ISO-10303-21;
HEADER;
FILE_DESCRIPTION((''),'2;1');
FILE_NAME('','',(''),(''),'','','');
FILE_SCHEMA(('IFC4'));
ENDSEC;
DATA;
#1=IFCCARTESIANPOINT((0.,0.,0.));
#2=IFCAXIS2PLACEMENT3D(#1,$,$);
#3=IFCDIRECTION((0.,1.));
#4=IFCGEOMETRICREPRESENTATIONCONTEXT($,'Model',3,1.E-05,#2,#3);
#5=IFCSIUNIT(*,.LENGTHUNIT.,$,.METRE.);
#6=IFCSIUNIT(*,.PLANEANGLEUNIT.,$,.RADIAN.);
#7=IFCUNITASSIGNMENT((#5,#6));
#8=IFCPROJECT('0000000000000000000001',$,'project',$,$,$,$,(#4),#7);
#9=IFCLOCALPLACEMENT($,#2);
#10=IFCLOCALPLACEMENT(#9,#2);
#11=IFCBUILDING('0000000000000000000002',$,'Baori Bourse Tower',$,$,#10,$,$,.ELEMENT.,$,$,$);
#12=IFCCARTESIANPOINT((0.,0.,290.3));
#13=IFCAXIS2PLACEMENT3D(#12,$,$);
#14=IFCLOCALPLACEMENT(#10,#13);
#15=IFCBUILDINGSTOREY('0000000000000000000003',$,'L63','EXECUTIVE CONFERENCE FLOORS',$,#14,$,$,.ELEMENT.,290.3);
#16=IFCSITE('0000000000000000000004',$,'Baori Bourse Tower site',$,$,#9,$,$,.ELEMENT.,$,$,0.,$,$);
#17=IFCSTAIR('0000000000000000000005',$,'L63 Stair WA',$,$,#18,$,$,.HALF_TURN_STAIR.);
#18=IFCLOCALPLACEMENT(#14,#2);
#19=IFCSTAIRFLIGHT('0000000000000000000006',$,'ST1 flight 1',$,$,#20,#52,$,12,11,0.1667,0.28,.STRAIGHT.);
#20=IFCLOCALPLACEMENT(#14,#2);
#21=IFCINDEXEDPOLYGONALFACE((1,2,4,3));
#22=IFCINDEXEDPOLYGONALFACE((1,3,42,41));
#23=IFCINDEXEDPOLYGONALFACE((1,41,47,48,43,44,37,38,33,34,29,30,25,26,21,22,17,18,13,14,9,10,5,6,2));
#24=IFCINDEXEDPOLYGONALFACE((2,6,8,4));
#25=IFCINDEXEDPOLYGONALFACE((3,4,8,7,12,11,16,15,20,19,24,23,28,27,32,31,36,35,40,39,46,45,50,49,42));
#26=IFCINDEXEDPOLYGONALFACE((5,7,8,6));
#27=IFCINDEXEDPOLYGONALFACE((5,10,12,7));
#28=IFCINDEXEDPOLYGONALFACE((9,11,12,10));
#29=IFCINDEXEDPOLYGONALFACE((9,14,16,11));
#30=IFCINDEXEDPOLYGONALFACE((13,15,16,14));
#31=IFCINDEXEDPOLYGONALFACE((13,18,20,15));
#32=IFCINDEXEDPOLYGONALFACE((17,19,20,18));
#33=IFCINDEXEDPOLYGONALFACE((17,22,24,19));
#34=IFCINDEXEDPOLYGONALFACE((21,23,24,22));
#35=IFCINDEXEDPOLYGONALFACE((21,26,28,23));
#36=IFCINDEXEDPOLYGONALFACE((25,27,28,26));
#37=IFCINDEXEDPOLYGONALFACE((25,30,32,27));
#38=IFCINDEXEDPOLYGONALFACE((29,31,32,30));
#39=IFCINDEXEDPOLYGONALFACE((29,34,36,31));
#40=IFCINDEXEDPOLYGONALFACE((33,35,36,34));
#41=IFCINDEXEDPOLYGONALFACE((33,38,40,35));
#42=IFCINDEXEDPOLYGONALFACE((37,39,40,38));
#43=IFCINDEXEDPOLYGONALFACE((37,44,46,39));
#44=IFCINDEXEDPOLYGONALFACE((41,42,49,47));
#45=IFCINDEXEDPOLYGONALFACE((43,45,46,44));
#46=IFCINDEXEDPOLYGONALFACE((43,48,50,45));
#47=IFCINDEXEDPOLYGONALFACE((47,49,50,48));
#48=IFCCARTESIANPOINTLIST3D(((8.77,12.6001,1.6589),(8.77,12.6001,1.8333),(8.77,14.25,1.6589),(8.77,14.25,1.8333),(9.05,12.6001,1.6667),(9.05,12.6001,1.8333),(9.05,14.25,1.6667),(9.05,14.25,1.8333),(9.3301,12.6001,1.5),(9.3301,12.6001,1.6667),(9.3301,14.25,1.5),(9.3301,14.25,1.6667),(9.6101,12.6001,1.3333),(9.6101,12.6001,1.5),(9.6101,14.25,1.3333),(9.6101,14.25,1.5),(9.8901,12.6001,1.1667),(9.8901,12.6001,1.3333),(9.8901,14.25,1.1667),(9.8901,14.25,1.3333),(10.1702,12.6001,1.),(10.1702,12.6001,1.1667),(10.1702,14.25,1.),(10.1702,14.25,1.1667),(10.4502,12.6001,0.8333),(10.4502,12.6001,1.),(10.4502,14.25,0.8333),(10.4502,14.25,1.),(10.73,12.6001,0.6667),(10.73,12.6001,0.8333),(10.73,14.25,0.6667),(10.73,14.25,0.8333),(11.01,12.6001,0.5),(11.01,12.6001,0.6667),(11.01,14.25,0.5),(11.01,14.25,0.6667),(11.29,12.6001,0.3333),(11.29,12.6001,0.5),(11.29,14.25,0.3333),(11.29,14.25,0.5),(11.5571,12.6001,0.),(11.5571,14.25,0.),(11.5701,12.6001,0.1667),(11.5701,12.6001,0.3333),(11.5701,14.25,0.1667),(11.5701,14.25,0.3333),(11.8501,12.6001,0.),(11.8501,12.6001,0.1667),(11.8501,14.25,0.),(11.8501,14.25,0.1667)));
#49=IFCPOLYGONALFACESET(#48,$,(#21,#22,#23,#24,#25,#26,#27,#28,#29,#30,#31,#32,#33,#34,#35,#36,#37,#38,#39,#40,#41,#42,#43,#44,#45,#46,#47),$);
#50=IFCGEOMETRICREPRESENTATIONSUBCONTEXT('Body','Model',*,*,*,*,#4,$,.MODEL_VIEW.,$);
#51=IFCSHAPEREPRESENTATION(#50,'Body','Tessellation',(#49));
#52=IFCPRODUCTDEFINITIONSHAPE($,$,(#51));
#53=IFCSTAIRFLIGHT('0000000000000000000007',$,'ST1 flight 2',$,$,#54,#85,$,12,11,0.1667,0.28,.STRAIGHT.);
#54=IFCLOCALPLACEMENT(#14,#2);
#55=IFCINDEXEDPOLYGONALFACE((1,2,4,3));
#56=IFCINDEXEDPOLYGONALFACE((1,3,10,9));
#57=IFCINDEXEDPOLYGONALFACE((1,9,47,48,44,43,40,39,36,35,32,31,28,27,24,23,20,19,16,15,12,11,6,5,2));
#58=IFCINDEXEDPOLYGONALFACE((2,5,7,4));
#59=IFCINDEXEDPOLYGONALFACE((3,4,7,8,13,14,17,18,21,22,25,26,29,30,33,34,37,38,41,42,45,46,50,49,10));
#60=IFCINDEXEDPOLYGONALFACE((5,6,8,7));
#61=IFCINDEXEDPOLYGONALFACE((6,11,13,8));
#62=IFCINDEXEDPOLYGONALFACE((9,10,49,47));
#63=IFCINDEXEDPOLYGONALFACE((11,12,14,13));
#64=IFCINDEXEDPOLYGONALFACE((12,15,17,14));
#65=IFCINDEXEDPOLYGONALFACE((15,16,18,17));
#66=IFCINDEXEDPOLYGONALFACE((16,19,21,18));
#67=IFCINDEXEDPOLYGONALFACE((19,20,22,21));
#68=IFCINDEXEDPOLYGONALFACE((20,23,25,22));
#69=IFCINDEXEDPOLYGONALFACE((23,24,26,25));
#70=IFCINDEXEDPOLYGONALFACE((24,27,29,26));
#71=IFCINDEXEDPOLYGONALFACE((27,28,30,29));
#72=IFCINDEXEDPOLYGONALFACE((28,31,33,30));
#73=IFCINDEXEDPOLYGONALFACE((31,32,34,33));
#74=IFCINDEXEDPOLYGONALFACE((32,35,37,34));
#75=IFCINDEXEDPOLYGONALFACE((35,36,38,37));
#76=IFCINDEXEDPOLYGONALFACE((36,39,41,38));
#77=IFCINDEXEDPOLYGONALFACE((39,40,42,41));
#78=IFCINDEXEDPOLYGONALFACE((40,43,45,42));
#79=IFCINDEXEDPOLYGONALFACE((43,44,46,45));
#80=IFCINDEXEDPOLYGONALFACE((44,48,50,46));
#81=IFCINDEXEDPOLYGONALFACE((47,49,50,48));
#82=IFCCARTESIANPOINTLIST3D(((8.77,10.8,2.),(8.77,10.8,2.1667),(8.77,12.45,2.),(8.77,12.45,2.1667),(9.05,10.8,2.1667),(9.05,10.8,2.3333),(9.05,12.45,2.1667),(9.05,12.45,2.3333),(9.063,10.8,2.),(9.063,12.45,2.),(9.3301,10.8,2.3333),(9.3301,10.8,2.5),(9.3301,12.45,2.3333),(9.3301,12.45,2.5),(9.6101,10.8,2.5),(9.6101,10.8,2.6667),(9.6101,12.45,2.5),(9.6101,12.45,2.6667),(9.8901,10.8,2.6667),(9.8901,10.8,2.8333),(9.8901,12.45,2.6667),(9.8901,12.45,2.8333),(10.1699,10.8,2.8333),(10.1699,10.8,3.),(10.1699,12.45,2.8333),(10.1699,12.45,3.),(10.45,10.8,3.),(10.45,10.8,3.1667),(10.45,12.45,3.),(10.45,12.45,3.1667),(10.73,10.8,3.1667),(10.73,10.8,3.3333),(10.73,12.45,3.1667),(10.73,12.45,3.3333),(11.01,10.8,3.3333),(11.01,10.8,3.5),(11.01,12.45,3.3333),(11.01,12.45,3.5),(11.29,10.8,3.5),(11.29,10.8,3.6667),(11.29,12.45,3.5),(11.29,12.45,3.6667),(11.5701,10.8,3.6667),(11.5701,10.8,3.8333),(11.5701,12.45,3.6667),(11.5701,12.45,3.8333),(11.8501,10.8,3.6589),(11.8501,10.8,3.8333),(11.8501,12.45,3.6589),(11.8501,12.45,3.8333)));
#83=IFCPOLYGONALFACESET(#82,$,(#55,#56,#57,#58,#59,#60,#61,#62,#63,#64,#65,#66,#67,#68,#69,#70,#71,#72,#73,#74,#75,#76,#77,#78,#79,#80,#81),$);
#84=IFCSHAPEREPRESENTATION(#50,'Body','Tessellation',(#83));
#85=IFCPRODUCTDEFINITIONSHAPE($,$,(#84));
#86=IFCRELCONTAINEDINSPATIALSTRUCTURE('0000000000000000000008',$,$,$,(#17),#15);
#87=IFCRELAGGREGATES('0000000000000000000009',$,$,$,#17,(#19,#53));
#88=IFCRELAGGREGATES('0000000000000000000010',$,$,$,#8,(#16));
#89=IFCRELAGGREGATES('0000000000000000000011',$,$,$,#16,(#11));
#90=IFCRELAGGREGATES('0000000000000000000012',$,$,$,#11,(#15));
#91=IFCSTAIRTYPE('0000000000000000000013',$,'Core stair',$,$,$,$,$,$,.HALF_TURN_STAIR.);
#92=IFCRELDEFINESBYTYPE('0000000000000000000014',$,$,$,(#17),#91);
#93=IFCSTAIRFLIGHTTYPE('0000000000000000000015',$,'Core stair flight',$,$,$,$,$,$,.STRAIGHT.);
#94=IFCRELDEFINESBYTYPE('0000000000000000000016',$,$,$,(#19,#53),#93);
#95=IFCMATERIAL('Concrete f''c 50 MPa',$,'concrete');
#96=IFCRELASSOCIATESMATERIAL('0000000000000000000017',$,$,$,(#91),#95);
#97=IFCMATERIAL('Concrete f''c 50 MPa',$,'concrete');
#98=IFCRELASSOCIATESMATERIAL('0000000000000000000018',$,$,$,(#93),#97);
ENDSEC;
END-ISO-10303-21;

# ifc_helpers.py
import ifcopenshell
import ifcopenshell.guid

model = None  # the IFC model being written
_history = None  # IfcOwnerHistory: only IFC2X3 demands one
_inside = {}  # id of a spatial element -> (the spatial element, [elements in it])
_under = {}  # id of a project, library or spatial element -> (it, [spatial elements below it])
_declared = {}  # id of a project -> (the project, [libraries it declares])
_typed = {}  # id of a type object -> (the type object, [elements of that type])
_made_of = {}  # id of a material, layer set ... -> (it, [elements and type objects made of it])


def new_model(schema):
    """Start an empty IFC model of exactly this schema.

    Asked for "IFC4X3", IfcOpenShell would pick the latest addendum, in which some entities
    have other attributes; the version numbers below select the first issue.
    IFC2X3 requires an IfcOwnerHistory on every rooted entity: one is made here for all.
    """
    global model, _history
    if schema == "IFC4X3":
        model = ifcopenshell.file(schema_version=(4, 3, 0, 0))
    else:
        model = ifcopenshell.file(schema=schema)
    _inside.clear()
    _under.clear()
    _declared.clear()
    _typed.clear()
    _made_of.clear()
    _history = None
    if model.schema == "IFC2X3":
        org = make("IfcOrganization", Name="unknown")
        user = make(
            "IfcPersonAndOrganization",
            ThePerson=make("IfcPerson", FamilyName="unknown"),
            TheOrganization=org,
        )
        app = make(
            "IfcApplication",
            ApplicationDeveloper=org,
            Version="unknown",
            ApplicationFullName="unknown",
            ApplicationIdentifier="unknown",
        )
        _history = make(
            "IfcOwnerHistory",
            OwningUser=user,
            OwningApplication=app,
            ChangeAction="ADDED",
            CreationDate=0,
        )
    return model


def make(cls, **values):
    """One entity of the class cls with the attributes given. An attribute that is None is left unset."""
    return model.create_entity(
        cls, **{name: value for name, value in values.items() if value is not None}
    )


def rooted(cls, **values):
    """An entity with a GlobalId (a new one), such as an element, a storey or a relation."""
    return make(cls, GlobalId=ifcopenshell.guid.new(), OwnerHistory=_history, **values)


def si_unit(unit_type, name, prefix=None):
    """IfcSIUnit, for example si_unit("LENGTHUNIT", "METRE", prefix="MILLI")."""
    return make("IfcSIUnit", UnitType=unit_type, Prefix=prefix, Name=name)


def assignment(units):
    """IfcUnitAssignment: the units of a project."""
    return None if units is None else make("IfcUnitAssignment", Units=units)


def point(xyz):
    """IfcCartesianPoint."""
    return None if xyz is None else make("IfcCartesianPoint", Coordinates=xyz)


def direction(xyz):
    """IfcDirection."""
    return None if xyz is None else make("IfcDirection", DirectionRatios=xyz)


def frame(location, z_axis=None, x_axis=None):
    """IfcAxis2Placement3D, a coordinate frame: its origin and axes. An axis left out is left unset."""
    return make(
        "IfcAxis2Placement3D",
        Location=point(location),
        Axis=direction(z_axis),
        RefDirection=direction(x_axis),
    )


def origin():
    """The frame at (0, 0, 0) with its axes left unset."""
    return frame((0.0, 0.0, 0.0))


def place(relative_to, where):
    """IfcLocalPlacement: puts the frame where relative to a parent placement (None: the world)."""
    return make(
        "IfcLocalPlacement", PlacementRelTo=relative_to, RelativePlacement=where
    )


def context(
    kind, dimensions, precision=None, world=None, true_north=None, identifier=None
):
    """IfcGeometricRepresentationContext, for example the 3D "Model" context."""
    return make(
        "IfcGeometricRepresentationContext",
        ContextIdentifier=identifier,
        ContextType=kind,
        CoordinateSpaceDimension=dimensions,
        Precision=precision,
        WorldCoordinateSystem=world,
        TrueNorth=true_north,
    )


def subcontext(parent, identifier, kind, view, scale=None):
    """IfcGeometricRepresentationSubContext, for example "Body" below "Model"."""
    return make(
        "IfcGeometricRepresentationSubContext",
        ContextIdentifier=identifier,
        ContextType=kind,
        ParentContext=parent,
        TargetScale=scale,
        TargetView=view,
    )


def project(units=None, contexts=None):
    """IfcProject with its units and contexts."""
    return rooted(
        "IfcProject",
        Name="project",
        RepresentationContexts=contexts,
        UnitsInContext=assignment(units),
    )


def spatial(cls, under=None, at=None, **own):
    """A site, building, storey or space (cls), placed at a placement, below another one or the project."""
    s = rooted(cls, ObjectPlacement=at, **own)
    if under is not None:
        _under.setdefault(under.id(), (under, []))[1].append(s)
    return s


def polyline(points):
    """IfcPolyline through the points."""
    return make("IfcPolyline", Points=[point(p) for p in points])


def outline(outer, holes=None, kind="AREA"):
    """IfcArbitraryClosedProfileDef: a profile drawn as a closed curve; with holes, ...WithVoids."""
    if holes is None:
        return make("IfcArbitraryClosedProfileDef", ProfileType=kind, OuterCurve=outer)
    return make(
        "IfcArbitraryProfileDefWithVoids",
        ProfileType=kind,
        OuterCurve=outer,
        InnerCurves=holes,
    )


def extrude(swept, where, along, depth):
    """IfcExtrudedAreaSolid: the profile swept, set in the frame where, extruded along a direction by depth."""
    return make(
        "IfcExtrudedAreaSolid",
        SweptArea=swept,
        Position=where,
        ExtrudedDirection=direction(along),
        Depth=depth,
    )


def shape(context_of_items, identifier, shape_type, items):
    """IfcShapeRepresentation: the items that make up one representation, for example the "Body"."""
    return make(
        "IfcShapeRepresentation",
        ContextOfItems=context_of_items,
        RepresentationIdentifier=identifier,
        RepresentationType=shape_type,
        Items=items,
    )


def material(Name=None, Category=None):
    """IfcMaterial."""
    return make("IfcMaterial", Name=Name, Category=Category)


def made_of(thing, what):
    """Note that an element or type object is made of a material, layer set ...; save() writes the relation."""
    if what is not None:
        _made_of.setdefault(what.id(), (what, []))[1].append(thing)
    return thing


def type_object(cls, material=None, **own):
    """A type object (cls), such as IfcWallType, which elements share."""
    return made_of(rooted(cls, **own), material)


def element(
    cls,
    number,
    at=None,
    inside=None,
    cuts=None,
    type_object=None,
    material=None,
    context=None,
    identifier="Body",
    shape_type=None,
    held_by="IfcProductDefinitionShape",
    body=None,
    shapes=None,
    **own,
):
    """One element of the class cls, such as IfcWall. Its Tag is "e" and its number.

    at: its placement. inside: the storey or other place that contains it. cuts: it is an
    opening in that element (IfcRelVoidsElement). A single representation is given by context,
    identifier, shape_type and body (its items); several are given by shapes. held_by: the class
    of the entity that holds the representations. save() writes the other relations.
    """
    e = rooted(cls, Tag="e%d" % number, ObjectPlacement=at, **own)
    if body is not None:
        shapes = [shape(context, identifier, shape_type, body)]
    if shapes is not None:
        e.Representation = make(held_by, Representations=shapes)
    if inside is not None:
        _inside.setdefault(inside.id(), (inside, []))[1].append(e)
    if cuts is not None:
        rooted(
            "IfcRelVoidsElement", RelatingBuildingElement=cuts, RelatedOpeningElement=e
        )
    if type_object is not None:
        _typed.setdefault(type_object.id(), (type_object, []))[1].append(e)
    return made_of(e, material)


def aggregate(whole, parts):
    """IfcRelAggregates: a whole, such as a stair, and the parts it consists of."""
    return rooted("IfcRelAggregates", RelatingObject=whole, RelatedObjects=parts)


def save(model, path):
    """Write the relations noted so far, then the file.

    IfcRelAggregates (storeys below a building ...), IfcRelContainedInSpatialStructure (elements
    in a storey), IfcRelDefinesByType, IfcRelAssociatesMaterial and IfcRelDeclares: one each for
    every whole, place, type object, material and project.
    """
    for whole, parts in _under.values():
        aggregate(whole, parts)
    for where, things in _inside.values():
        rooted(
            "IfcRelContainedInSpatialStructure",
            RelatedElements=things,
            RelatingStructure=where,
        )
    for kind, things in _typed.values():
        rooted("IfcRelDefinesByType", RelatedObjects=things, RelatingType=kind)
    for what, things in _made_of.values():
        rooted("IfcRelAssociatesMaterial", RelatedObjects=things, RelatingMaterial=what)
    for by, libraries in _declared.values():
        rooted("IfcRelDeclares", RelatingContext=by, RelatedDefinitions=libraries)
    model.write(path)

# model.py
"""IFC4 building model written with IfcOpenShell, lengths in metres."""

from ifc_helpers import new_model, si_unit, direction, frame, origin, place, context, subcontext, project, spatial, polyline, outline, extrude, material, type_object, element, aggregate, save


model = new_model("IFC4")

# Units and contexts
model_context = context("Model", 3, precision=1e-05, world=origin(), true_north=direction((0.0, 1.0)))
body_context = subcontext(model_context, "Body", "Model", "MODEL_VIEW")
ifc_project = project(units=[si_unit("LENGTHUNIT", "METRE"), si_unit("PLANEANGLEUNIT", "RADIAN")], contexts=[model_context])

# Site, building, storey
site_placement = place(None, origin())
site = spatial("IfcSite", under=ifc_project, at=site_placement, Name="Baori Bourse Tower site", CompositionType="ELEMENT", RefElevation=0.0)
building_placement = place(site_placement, origin())
building = spatial("IfcBuilding", under=site, at=building_placement, Name="Baori Bourse Tower", CompositionType="ELEMENT")
storey_placement = place(building_placement, frame((0.0, 0.0, 290.3)))
storey = spatial("IfcBuildingStorey", under=building, at=storey_placement, Name="L63", Description="EXECUTIVE CONFERENCE FLOORS", CompositionType="ELEMENT", Elevation=290.3)

# Stair, stair flights
ifc_material_1 = material(Name="Concrete f'c 50 MPa", Category="concrete")
stair_type = type_object("IfcStairType", Name="Core stair", PredefinedType="HALF_TURN_STAIR", material=ifc_material_1)
stair_placement = place(storey_placement, origin())
stair = element("IfcStair", 1, at=stair_placement, inside=storey, type_object=stair_type, Name="L63 Stair WA", PredefinedType="HALF_TURN_STAIR")
ifc_material_2 = material(Name="Concrete f'c 50 MPa", Category="concrete")
stair_flight_type = type_object("IfcStairFlightType", Name="Core stair flight", PredefinedType="STRAIGHT", material=ifc_material_2)
stair_flight_1_placement = place(storey_placement, frame((11.8501, 13.425, 0.0), z_axis=(0.0, 0.0, 1.0), x_axis=(-1.0, 0.0, 0.0)))
stair_flight_1 = element("IfcStairFlight", 2, at=stair_flight_1_placement, type_object=stair_flight_type, Name="ST1 flight 1", NumberOfRisers=12, NumberOfTreads=11, PredefinedType="STRAIGHT", RiserHeight=0.1667, TreadLength=0.28, context=body_context, shape_type="SweptSolid", body=[
    extrude(outline(polyline([(0.0, 0.0), (0.0, 0.1667), (0.28, 0.1667), (0.28, 0.3333), (0.5601, 0.3333), (0.5601, 0.5), (0.8401, 0.5), (0.8401, 0.6667), (1.1201, 0.6667), (1.1201, 0.8333), (1.3999, 0.8333), (1.3999, 1.0), (1.6799, 1.0), (1.6799, 1.1667), (1.96, 1.1667), (1.96, 1.3333), (2.24, 1.3333), (2.24, 1.5), (2.52, 1.5), (2.52, 1.6667), (2.8, 1.6667), (2.8, 1.8333), (3.0801, 1.8333), (3.0801, 2.0), (3.0801, 1.6589), (0.293, 0.0), (0.0, 0.0)])), frame((0.0, 0.825, 0.0), z_axis=(0.0, -1.0, 0.0), x_axis=(1.0, 0.0, 0.0)), (0.0, 0.0, 1.0), 1.6499),
])
stair_flight_2_placement = place(storey_placement, frame((8.77, 11.625, 2.0), z_axis=(0.0, 0.0, 1.0), x_axis=(1.0, 0.0, 0.0)))
stair_flight_2 = element("IfcStairFlight", 3, at=stair_flight_2_placement, type_object=stair_flight_type, Name="ST1 flight 2", NumberOfRisers=12, NumberOfTreads=11, PredefinedType="STRAIGHT", RiserHeight=0.1667, TreadLength=0.28, context=body_context, shape_type="SweptSolid", body=[
    extrude(outline(polyline([(0.0, 0.0), (0.0, 0.1667), (0.28, 0.1667), (0.28, 0.3333), (0.5601, 0.3333), (0.5601, 0.5), (0.8401, 0.5), (0.8401, 0.6667), (1.1201, 0.6667), (1.1201, 0.8333), (1.3999, 0.8333), (1.3999, 1.0), (1.6799, 1.0), (1.6799, 1.1667), (1.96, 1.1667), (1.96, 1.3333), (2.24, 1.3333), (2.24, 1.5), (2.52, 1.5), (2.52, 1.6667), (2.8, 1.6667), (2.8, 1.8333), (3.0801, 1.8333), (3.0801, 2.0), (3.0801, 1.6589), (0.293, 0.0), (0.0, 0.0)])), frame((0.0, 0.825, 0.0), z_axis=(0.0, -1.0, 0.0), x_axis=(1.0, 0.0, 0.0)), (0.0, 0.0, 1.0), 1.6499),
])
aggregate(stair, [stair_flight_1, stair_flight_2])

save(model, "model.ifc")
